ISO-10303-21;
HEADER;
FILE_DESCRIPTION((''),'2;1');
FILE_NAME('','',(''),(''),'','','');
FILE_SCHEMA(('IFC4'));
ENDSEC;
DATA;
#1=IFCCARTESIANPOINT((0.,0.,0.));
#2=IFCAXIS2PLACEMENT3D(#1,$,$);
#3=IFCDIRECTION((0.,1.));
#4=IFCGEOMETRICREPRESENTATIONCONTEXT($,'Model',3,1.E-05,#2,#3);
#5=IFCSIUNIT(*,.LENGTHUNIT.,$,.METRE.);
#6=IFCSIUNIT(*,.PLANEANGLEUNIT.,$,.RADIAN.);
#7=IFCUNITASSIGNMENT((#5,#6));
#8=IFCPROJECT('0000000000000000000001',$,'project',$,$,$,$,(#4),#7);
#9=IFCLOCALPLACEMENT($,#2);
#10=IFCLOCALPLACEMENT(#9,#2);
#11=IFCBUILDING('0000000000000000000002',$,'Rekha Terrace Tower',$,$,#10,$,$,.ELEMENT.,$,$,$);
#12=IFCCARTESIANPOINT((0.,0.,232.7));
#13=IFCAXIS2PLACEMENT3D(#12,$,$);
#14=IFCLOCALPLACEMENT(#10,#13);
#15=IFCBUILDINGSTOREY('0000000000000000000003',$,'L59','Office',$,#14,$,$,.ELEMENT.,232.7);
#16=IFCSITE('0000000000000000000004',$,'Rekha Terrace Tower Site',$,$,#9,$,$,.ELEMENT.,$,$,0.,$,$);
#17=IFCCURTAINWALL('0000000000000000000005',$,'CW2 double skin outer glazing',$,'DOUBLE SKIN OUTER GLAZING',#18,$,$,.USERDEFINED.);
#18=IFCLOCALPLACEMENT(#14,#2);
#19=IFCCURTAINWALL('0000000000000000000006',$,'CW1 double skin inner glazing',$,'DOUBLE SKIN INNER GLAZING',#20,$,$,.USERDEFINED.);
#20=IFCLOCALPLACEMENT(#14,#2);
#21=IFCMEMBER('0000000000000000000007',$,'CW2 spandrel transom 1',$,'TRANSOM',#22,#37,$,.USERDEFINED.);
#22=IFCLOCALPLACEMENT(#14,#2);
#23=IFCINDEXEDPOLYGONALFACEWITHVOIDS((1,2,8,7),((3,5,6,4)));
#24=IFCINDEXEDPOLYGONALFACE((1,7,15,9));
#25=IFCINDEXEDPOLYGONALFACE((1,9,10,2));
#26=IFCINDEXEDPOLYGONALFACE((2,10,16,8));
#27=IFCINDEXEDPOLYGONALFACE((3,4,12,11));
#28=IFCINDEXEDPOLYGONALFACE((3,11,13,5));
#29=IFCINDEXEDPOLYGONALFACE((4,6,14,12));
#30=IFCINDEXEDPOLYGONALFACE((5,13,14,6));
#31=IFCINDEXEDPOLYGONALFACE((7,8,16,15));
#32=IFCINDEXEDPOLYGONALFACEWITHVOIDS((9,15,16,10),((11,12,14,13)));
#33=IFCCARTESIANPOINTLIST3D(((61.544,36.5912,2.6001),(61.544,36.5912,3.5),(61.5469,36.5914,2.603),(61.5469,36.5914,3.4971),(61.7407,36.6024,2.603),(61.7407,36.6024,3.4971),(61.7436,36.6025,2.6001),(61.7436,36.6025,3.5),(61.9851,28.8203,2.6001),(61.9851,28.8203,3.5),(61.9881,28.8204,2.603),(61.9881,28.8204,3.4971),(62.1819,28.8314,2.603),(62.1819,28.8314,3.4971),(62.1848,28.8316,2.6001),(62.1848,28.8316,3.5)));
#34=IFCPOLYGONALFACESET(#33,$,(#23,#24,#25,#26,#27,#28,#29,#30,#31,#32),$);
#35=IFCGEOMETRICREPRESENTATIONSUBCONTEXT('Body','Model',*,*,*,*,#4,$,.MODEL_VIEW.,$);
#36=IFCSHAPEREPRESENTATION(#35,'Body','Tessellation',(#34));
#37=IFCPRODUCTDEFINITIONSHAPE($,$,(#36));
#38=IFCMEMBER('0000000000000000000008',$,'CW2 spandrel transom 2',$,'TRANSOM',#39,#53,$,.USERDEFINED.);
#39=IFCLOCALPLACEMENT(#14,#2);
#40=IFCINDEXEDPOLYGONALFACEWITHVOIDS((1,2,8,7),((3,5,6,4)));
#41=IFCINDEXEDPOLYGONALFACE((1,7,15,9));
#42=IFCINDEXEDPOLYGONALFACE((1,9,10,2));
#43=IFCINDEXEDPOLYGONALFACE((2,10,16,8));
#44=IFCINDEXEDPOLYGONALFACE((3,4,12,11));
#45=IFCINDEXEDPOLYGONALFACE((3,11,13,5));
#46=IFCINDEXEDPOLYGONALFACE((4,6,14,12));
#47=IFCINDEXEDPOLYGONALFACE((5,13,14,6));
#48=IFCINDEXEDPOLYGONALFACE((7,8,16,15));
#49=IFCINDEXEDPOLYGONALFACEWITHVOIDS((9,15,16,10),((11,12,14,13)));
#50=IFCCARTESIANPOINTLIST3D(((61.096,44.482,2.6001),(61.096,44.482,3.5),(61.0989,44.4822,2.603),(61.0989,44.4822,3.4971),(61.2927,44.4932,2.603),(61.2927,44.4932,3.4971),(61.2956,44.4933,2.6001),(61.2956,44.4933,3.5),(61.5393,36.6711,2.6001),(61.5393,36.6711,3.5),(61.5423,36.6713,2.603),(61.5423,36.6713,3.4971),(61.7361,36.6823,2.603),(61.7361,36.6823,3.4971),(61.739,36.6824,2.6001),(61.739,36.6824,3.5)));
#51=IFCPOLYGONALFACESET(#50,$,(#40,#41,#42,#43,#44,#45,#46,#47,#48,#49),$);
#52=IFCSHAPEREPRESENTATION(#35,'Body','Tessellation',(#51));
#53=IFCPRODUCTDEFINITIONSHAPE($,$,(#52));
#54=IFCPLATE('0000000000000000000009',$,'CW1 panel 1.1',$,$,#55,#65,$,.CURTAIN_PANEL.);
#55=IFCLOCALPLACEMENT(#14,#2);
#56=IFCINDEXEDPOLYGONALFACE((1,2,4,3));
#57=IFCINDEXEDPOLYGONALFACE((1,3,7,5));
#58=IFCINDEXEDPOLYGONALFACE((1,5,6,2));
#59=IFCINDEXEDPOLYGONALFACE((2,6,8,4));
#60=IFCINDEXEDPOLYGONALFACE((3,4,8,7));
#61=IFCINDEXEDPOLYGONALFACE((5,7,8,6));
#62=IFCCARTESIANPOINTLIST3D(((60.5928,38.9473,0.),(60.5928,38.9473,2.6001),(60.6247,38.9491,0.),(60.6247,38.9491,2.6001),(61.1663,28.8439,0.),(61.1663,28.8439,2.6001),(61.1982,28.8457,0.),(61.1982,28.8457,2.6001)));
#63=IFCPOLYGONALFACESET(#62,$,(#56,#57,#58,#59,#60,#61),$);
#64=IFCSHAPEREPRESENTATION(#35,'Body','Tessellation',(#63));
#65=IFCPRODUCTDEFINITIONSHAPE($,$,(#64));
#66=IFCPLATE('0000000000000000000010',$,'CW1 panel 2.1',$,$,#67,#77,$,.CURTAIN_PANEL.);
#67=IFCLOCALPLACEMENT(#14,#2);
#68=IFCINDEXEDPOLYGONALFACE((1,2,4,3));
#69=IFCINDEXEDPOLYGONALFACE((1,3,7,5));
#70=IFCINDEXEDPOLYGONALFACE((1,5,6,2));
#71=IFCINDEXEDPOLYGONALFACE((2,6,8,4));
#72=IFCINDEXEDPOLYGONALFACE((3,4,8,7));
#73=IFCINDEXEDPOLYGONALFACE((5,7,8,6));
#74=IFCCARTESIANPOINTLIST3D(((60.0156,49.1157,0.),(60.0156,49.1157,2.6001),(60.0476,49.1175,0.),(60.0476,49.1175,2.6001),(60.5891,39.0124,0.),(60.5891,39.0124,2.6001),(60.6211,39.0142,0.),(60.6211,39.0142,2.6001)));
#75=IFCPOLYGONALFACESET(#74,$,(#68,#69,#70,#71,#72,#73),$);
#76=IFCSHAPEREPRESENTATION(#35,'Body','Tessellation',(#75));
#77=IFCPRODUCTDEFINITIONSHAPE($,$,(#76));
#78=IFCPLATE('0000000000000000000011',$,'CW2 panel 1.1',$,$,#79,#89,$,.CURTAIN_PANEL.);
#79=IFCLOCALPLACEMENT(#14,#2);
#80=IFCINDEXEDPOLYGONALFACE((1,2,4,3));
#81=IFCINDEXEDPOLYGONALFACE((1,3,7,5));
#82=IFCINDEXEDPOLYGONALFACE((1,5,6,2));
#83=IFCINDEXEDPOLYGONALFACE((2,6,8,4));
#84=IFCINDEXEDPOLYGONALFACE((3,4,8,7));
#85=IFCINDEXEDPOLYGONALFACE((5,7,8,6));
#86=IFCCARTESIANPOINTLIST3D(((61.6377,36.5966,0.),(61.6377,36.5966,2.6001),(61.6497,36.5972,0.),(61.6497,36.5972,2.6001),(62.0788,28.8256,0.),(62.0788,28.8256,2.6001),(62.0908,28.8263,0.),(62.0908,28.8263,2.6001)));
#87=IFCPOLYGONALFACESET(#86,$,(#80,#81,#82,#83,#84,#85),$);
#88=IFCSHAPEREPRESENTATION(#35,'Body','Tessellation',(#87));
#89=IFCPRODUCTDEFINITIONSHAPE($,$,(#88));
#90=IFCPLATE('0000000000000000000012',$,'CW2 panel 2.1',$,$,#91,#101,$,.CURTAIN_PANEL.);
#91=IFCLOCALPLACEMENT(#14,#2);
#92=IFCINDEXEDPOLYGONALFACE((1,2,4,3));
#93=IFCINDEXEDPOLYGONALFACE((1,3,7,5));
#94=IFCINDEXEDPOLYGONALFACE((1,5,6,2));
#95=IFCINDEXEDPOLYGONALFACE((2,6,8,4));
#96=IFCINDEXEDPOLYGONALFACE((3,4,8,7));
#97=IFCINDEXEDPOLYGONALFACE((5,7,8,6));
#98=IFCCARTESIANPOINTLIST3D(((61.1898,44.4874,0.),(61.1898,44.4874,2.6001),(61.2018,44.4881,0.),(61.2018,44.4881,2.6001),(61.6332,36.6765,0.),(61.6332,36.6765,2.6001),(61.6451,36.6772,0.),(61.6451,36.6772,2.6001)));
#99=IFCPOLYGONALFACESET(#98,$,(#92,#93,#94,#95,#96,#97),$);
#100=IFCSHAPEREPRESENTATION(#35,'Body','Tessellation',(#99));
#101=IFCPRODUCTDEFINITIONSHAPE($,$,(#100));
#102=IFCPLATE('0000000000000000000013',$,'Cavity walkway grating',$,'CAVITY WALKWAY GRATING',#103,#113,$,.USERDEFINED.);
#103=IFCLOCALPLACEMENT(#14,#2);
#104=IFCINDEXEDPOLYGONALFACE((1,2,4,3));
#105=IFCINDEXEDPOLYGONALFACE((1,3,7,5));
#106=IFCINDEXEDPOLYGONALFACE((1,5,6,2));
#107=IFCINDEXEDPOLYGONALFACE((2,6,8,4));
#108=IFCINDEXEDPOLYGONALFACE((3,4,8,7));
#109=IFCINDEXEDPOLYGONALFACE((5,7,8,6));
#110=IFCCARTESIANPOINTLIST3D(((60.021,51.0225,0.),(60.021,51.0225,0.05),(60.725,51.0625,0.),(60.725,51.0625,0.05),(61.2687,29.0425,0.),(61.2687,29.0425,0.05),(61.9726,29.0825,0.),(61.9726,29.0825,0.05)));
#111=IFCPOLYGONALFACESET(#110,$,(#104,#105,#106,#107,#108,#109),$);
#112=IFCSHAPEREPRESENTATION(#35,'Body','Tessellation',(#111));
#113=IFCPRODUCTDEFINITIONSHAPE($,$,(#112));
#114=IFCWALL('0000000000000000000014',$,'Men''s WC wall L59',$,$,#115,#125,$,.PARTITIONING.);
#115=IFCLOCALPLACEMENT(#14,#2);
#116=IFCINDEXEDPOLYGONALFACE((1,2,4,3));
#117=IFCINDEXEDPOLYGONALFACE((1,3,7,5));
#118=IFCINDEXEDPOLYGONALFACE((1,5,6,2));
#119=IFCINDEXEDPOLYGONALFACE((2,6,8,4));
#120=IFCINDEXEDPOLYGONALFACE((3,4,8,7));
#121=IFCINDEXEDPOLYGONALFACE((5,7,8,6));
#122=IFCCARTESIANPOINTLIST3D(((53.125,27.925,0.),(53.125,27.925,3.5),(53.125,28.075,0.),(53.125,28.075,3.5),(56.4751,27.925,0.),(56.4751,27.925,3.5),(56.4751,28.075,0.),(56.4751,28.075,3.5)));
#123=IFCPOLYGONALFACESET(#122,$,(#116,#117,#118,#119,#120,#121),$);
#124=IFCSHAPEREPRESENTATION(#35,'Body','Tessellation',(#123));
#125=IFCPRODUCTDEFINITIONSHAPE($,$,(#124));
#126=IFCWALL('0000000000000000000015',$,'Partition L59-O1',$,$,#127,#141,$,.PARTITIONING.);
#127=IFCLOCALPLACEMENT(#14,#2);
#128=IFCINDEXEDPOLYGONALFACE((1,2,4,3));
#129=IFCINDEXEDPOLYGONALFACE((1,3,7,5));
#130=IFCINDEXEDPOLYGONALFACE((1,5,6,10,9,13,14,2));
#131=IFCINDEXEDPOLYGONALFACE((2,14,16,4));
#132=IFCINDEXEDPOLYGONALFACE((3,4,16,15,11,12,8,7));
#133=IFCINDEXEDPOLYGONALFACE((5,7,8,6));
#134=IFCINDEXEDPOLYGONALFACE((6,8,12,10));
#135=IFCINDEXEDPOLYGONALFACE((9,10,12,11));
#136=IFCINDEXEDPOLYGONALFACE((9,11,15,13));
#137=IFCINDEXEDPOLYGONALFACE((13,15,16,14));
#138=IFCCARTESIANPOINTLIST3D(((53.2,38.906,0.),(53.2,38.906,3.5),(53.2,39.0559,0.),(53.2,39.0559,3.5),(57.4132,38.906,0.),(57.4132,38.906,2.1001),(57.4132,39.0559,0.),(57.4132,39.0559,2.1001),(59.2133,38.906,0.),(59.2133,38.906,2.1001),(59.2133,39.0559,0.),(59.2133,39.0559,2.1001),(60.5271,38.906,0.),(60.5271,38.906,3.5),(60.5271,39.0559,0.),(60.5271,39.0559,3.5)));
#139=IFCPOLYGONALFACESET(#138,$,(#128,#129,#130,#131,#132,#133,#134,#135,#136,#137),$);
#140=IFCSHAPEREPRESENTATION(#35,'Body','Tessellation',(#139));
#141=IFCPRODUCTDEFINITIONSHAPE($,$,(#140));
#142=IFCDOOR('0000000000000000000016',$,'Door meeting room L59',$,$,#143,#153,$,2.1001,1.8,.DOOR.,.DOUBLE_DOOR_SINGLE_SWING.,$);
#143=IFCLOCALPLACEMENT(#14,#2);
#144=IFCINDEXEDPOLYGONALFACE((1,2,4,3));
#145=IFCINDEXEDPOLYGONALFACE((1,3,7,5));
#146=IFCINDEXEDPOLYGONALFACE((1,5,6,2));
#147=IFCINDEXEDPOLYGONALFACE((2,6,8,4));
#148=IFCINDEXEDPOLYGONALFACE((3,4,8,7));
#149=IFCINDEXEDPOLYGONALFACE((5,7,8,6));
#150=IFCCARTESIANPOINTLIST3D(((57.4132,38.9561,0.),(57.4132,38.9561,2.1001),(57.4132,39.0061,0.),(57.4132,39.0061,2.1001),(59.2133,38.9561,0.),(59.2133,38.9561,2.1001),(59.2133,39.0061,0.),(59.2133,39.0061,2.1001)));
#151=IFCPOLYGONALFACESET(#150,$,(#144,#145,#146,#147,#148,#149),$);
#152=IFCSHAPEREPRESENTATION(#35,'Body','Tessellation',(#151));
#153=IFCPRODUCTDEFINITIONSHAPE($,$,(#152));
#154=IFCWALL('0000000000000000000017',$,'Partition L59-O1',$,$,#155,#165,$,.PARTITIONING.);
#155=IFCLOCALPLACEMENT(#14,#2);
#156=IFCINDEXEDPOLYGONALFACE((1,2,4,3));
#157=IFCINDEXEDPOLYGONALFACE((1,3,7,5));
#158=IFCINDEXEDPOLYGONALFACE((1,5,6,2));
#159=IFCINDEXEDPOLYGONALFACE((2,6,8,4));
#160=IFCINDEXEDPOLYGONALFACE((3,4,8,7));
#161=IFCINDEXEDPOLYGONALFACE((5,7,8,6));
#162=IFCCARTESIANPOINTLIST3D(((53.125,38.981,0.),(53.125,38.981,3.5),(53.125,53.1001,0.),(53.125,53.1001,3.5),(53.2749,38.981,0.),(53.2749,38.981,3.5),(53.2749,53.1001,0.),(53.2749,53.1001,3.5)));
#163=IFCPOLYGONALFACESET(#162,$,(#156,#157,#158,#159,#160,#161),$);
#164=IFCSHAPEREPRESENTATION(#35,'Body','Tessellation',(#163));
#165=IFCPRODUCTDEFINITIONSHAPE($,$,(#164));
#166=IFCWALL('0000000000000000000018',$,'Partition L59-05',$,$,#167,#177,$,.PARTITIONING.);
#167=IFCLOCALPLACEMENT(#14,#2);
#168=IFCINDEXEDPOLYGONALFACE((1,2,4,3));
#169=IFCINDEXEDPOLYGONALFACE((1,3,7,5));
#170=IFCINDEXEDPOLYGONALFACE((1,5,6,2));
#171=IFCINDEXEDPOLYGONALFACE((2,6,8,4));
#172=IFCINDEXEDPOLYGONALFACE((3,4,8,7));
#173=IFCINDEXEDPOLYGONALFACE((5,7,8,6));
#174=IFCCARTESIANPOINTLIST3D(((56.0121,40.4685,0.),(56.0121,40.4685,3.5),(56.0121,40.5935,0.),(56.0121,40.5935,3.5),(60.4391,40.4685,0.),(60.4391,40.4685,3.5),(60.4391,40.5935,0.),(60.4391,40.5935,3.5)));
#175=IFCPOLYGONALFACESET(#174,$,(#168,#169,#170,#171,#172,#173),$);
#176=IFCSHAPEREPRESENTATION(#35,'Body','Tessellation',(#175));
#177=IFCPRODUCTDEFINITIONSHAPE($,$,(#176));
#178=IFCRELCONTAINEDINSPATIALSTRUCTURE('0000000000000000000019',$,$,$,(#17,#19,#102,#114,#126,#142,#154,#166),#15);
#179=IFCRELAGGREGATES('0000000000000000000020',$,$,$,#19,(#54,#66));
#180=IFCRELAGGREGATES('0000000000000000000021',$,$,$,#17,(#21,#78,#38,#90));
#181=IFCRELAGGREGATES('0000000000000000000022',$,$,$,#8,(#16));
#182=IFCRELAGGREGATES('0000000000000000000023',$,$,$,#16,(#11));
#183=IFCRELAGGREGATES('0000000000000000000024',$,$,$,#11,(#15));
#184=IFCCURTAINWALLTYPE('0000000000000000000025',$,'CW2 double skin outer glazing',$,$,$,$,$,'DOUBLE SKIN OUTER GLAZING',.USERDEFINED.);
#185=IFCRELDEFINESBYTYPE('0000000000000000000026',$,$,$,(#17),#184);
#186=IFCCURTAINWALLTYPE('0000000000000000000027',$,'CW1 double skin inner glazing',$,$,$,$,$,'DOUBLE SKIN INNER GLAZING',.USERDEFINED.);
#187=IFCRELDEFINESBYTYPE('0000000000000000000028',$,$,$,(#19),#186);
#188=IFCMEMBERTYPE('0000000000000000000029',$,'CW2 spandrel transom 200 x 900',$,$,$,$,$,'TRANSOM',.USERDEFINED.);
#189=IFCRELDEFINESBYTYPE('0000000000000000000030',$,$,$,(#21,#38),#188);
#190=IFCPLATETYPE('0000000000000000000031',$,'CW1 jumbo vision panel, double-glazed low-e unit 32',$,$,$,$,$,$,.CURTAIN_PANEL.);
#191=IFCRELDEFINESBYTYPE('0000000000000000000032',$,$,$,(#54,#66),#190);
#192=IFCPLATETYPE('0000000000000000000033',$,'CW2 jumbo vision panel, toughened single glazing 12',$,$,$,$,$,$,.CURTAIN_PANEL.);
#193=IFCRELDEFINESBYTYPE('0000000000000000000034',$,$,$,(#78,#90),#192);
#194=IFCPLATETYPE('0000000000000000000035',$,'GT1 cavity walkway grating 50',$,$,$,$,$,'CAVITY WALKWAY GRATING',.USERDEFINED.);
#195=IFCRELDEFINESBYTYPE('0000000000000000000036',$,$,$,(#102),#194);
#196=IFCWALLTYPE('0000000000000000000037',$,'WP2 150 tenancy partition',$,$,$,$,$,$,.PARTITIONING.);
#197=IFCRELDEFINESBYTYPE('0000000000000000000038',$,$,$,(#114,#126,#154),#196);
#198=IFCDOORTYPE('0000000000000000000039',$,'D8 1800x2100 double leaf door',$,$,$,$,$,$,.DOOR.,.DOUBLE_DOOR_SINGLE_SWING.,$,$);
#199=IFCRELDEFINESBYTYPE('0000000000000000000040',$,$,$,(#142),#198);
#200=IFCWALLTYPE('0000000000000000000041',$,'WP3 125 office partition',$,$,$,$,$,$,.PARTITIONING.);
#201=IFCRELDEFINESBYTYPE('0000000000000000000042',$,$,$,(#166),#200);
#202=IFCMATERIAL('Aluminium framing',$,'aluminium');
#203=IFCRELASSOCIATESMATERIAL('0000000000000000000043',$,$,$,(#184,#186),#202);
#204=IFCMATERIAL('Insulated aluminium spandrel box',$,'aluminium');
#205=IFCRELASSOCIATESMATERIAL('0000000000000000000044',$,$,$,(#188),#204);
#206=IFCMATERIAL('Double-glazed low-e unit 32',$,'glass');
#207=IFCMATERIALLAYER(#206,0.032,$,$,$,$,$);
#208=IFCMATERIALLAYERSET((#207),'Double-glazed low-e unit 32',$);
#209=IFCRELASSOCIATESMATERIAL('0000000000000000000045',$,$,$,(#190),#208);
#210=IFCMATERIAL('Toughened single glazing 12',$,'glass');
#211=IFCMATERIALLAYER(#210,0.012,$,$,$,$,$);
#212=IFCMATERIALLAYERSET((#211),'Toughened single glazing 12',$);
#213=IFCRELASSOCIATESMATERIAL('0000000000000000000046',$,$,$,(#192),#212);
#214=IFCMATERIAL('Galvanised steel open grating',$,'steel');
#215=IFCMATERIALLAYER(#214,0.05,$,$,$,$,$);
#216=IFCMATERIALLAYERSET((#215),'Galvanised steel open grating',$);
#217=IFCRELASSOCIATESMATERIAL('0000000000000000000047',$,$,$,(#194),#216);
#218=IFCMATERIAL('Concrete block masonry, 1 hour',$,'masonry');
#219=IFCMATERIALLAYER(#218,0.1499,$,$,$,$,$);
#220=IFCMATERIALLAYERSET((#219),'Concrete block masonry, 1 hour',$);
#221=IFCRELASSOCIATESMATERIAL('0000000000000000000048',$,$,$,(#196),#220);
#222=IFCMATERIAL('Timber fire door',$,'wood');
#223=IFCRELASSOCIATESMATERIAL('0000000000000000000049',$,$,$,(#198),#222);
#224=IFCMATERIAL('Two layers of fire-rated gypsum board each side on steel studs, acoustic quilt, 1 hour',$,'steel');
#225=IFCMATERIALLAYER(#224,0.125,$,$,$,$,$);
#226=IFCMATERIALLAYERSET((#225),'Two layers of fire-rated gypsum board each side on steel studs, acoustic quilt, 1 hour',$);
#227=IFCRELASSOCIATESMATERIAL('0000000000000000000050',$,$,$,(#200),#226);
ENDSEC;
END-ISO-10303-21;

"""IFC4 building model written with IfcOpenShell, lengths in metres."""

from ifc_helpers import new_model, si_unit, direction, frame, frame_2d, origin, origin_2d, place, context, subcontext, project, spatial, rectangle, hollow_rectangle, extrude, material, layer, layer_set, material_profile, profile_set, type_object, element, fill, aggregate, save


model = new_model("IFC4")

# Units and contexts
model_context = context("Model", 3, precision=1e-05, world=origin(), true_north=direction((0.0, 1.0)))
body_context = subcontext(model_context, "Body", "Model", "MODEL_VIEW")
ifc_project = project(units=[si_unit("LENGTHUNIT", "METRE"), si_unit("PLANEANGLEUNIT", "RADIAN")], contexts=[model_context])

# Site, building, storey
site_placement = place(None, origin())
site = spatial("IfcSite", under=ifc_project, at=site_placement, Name="Rekha Terrace Tower Site", CompositionType="ELEMENT", RefElevation=0.0)
building_placement = place(site_placement, origin())
building = spatial("IfcBuilding", under=site, at=building_placement, Name="Rekha Terrace Tower", CompositionType="ELEMENT")
storey_placement = place(building_placement, frame((0.0, 0.0, 232.7)))
storey = spatial("IfcBuildingStorey", under=building, at=storey_placement, Name="L59", Description="Office", CompositionType="ELEMENT", Elevation=232.7)

# Curtain walls
ifc_material_1 = material(Name="Aluminium framing", Category="aluminium")
curtain_wall_type_1 = type_object("IfcCurtainWallType", Name="CW2 double skin outer glazing", ElementType="DOUBLE SKIN OUTER GLAZING", PredefinedType="USERDEFINED", material=ifc_material_1)
curtain_wall_1_placement = place(storey_placement, origin())
curtain_wall_1 = element("IfcCurtainWall", 1, at=curtain_wall_1_placement, inside=storey, type_object=curtain_wall_type_1, Name="CW2 double skin outer glazing", ObjectType="DOUBLE SKIN OUTER GLAZING", PredefinedType="USERDEFINED")
curtain_wall_type_2 = type_object("IfcCurtainWallType", Name="CW1 double skin inner glazing", ElementType="DOUBLE SKIN INNER GLAZING", PredefinedType="USERDEFINED", material=ifc_material_1)
curtain_wall_2_placement = place(storey_placement, origin())
curtain_wall_2 = element("IfcCurtainWall", 2, at=curtain_wall_2_placement, inside=storey, type_object=curtain_wall_type_2, Name="CW1 double skin inner glazing", ObjectType="DOUBLE SKIN INNER GLAZING", PredefinedType="USERDEFINED")
ifc_material_2 = material(Name="Insulated aluminium spandrel box", Category="aluminium")

# Members
ifc_material_profile_1 = material_profile(ifc_material_2, hollow_rectangle(XDim=0.2, YDim=0.8999, WallThickness=0.0029, at=origin_2d()), Name="AL SPANDREL BOX 200x900")
ifc_profile_set_1 = profile_set([ifc_material_profile_1], Name="Insulated aluminium spandrel box")
member_type_1 = type_object("IfcMemberType", Name="CW2 spandrel transom 200 x 900", ElementType="TRANSOM", PredefinedType="USERDEFINED", material=ifc_profile_set_1)
member_1_placement = place(storey_placement, frame((62.085, 28.8259, 3.05), z_axis=(-0.056679, 0.998392, 0.0), x_axis=(-0.998392, -0.056679, 0.0)))
member_1 = element("IfcMember", 3, at=member_1_placement, type_object=member_type_1, Name="CW2 spandrel transom 1", ObjectType="TRANSOM", PredefinedType="USERDEFINED", context=body_context, shape_type="SweptSolid", body=[
    extrude(hollow_rectangle(XDim=0.2, YDim=0.8999, WallThickness=0.0029, at=origin_2d()), origin(), (0.0, 0.0, 1.0), 7.7834),
])
member_2_placement = place(storey_placement, frame((61.6392, 36.6768, 3.05), z_axis=(-0.056669, 0.998393, 0.0), x_axis=(-0.998393, -0.056669, 0.0)))
member_2 = element("IfcMember", 4, at=member_2_placement, type_object=member_type_1, Name="CW2 spandrel transom 2", ObjectType="TRANSOM", PredefinedType="USERDEFINED", context=body_context, shape_type="SweptSolid", body=[
    extrude(hollow_rectangle(XDim=0.2, YDim=0.8999, WallThickness=0.0029, at=origin_2d()), origin(), (0.0, 0.0, 1.0), 7.8235),
])

# Plates
ifc_material_3 = material(Name="Double-glazed low-e unit 32", Category="glass")
ifc_layer_1 = layer(ifc_material_3, 0.032)
ifc_layer_set_1 = layer_set([ifc_layer_1], Name="Double-glazed low-e unit 32")
plate_type_1 = type_object("IfcPlateType", Name="CW1 jumbo vision panel, double-glazed low-e unit 32", PredefinedType="CURTAIN_PANEL", material=ifc_layer_set_1)
plate_1_placement = place(storey_placement, frame((60.8955, 33.8965, 0.0), z_axis=(0.0, 0.0, 1.0), x_axis=(-0.056673, 0.998393, 0.0)))
plate_1 = element("IfcPlate", 5, at=plate_1_placement, type_object=plate_type_1, Name="CW1 panel 1.1", PredefinedType="CURTAIN_PANEL", context=body_context, shape_type="SweptSolid", body=[
    extrude(rectangle(XDim=10.1196, YDim=0.032, at=origin_2d()), origin(), (0.0, 0.0, 1.0), 2.6001),
])
plate_2_placement = place(storey_placement, frame((60.3184, 44.0649, 0.0), z_axis=(0.0, 0.0, 1.0), x_axis=(-0.056673, 0.998393, 0.0)))
plate_2 = element("IfcPlate", 6, at=plate_2_placement, type_object=plate_type_1, Name="CW1 panel 2.1", PredefinedType="CURTAIN_PANEL", context=body_context, shape_type="SweptSolid", body=[
    extrude(rectangle(XDim=10.1196, YDim=0.032, at=origin_2d()), origin(), (0.0, 0.0, 1.0), 2.6001),
])
aggregate(curtain_wall_2, [plate_1, plate_2])
ifc_material_4 = material(Name="Toughened single glazing 12", Category="glass")
ifc_layer_2 = layer(ifc_material_4, 0.012)
ifc_layer_set_2 = layer_set([ifc_layer_2], Name="Toughened single glazing 12")
plate_type_2 = type_object("IfcPlateType", Name="CW2 jumbo vision panel, toughened single glazing 12", PredefinedType="CURTAIN_PANEL", material=ifc_layer_set_2)
plate_3_placement = place(storey_placement, frame((61.8643, 32.7114, 0.0), z_axis=(0.0, 0.0, 1.0), x_axis=(-0.056673, 0.998393, 0.0)))
plate_3 = element("IfcPlate", 7, at=plate_3_placement, type_object=plate_type_2, Name="CW2 panel 1.1", PredefinedType="CURTAIN_PANEL", context=body_context, shape_type="SweptSolid", body=[
    extrude(rectangle(XDim=7.7834, YDim=0.012, at=origin_2d()), origin(), (0.0, 0.0, 1.0), 2.6001),
])
plate_4_placement = place(storey_placement, frame((61.4175, 40.5823, 0.0), z_axis=(0.0, 0.0, 1.0), x_axis=(-0.056673, 0.998393, 0.0)))
plate_4 = element("IfcPlate", 8, at=plate_4_placement, type_object=plate_type_2, Name="CW2 panel 2.1", PredefinedType="CURTAIN_PANEL", context=body_context, shape_type="SweptSolid", body=[
    extrude(rectangle(XDim=7.8235, YDim=0.012, at=origin_2d()), origin(), (0.0, 0.0, 1.0), 2.6001),
])
aggregate(curtain_wall_1, [member_1, plate_3, member_2, plate_4])
ifc_material_5 = material(Name="Galvanised steel open grating", Category="steel")
ifc_layer_3 = layer(ifc_material_5, 0.05)
ifc_layer_set_3 = layer_set([ifc_layer_3], Name="Galvanised steel open grating")
plate_type_3 = type_object("IfcPlateType", Name="GT1 cavity walkway grating 50", ElementType="CAVITY WALKWAY GRATING", PredefinedType="USERDEFINED", material=ifc_layer_set_3)
plate_5_placement = place(storey_placement, frame((60.9968, 40.0525, 0.0), z_axis=(0.0, 0.0, 1.0), x_axis=(-0.056673, 0.998393, 0.0)))
element("IfcPlate", 9, at=plate_5_placement, inside=storey, type_object=plate_type_3, Name="Cavity walkway grating", ObjectType="CAVITY WALKWAY GRATING", PredefinedType="USERDEFINED", context=body_context, shape_type="SweptSolid", body=[
    extrude(rectangle(XDim=22.0154, YDim=0.7051, at=origin_2d()), origin(), (0.0, 0.0, 1.0), 0.05),
])

# Wall
ifc_material_6 = material(Name="Concrete block masonry, 1 hour", Category="masonry")
ifc_layer_4 = layer(ifc_material_6, 0.1499)
ifc_layer_set_4 = layer_set([ifc_layer_4], Name="Concrete block masonry, 1 hour")
wall_type_1 = type_object("IfcWallType", Name="WP2 150 tenancy partition", PredefinedType="PARTITIONING", material=ifc_layer_set_4)
wall_1_placement = place(storey_placement, frame((53.125, 28.0, 0.0), z_axis=(0.0, 0.0, 1.0), x_axis=(1.0, 0.0, 0.0)))
element("IfcWall", 10, at=wall_1_placement, inside=storey, type_object=wall_type_1, Name="Men's WC wall L59", PredefinedType="PARTITIONING", context=body_context, shape_type="SweptSolid", body=[
    extrude(rectangle(XDim=3.3501, YDim=0.1499, at=frame_2d((1.675, 0.0))), origin(), (0.0, 0.0, 1.0), 3.5),
])

# Wall, opening, door
wall_2_placement = place(storey_placement, frame((60.5271, 38.981, 0.0), z_axis=(0.0, 0.0, 1.0), x_axis=(-1.0, 0.0, 0.0)))
wall_2 = element("IfcWall", 11, at=wall_2_placement, inside=storey, type_object=wall_type_1, Name="Partition L59-O1", PredefinedType="PARTITIONING", context=body_context, shape_type="SweptSolid", body=[
    extrude(rectangle(XDim=7.3271, YDim=0.1499, at=frame_2d((3.6636, 0.0))), origin(), (0.0, 0.0, 1.0), 3.5),
])
opening_1_placement = place(wall_2_placement, frame((1.314, 0.0, 0.0)))
opening_1 = element("IfcOpeningElement", 12, at=opening_1_placement, cuts=wall_2, PredefinedType="OPENING", context=body_context, shape_type="SweptSolid", body=[
    extrude(rectangle(XDim=1.8, YDim=2.1001, at=frame_2d((0.8999, 1.05))), frame((0.0, 0.085, 0.0), z_axis=(0.0, -1.0, 0.0), x_axis=(1.0, 0.0, 0.0)), (0.0, 0.0, 1.0), 0.1699),
])
ifc_material_7 = material(Name="Timber fire door", Category="wood")
door_type_1 = type_object("IfcDoorType", Name="D8 1800x2100 double leaf door", OperationType="DOUBLE_DOOR_SINGLE_SWING", PredefinedType="DOOR", material=ifc_material_7)
door_1_placement = place(opening_1_placement, origin())
door_1 = element("IfcDoor", 13, at=door_1_placement, inside=storey, type_object=door_type_1, Name="Door meeting room L59", OperationType="DOUBLE_DOOR_SINGLE_SWING", OverallHeight=2.1001, OverallWidth=1.8, PredefinedType="DOOR", context=body_context, shape_type="SweptSolid", body=[
    extrude(rectangle(XDim=1.8, YDim=2.1001, at=frame_2d((0.8999, 1.05))), frame((0.0, 0.0249, 0.0), z_axis=(0.0, -1.0, 0.0), x_axis=(1.0, 0.0, 0.0)), (0.0, 0.0, 1.0), 0.05),
])
fill(opening_1, door_1)

# Walls
wall_3_placement = place(storey_placement, frame((53.2, 38.981, 0.0), z_axis=(0.0, 0.0, 1.0), x_axis=(0.0, 1.0, 0.0)))
element("IfcWall", 14, at=wall_3_placement, inside=storey, type_object=wall_type_1, Name="Partition L59-O1", PredefinedType="PARTITIONING", context=body_context, shape_type="SweptSolid", body=[
    extrude(rectangle(XDim=14.1191, YDim=0.1499, at=frame_2d((7.0596, 0.0))), origin(), (0.0, 0.0, 1.0), 3.5),
])
ifc_material_8 = material(Name="Two layers of fire-rated gypsum board each side on steel studs, acoustic quilt, 1 hour", Category="steel")
ifc_layer_5 = layer(ifc_material_8, 0.125)
ifc_layer_set_5 = layer_set([ifc_layer_5], Name="Two layers of fire-rated gypsum board each side on steel studs, acoustic quilt, 1 hour")
wall_type_2 = type_object("IfcWallType", Name="WP3 125 office partition", PredefinedType="PARTITIONING", material=ifc_layer_set_5)
wall_4_placement = place(storey_placement, frame((60.439, 40.531, 0.0), z_axis=(0.0, 0.0, 1.0), x_axis=(-1.0, 0.0, 0.0)))
element("IfcWall", 15, at=wall_4_placement, inside=storey, type_object=wall_type_2, Name="Partition L59-05", PredefinedType="PARTITIONING", context=body_context, shape_type="SweptSolid", body=[
    extrude(rectangle(XDim=4.427, YDim=0.125, at=frame_2d((2.2134, 0.0))), origin(), (0.0, 0.0, 1.0), 3.5),
])

save(model, "model.ifc")
